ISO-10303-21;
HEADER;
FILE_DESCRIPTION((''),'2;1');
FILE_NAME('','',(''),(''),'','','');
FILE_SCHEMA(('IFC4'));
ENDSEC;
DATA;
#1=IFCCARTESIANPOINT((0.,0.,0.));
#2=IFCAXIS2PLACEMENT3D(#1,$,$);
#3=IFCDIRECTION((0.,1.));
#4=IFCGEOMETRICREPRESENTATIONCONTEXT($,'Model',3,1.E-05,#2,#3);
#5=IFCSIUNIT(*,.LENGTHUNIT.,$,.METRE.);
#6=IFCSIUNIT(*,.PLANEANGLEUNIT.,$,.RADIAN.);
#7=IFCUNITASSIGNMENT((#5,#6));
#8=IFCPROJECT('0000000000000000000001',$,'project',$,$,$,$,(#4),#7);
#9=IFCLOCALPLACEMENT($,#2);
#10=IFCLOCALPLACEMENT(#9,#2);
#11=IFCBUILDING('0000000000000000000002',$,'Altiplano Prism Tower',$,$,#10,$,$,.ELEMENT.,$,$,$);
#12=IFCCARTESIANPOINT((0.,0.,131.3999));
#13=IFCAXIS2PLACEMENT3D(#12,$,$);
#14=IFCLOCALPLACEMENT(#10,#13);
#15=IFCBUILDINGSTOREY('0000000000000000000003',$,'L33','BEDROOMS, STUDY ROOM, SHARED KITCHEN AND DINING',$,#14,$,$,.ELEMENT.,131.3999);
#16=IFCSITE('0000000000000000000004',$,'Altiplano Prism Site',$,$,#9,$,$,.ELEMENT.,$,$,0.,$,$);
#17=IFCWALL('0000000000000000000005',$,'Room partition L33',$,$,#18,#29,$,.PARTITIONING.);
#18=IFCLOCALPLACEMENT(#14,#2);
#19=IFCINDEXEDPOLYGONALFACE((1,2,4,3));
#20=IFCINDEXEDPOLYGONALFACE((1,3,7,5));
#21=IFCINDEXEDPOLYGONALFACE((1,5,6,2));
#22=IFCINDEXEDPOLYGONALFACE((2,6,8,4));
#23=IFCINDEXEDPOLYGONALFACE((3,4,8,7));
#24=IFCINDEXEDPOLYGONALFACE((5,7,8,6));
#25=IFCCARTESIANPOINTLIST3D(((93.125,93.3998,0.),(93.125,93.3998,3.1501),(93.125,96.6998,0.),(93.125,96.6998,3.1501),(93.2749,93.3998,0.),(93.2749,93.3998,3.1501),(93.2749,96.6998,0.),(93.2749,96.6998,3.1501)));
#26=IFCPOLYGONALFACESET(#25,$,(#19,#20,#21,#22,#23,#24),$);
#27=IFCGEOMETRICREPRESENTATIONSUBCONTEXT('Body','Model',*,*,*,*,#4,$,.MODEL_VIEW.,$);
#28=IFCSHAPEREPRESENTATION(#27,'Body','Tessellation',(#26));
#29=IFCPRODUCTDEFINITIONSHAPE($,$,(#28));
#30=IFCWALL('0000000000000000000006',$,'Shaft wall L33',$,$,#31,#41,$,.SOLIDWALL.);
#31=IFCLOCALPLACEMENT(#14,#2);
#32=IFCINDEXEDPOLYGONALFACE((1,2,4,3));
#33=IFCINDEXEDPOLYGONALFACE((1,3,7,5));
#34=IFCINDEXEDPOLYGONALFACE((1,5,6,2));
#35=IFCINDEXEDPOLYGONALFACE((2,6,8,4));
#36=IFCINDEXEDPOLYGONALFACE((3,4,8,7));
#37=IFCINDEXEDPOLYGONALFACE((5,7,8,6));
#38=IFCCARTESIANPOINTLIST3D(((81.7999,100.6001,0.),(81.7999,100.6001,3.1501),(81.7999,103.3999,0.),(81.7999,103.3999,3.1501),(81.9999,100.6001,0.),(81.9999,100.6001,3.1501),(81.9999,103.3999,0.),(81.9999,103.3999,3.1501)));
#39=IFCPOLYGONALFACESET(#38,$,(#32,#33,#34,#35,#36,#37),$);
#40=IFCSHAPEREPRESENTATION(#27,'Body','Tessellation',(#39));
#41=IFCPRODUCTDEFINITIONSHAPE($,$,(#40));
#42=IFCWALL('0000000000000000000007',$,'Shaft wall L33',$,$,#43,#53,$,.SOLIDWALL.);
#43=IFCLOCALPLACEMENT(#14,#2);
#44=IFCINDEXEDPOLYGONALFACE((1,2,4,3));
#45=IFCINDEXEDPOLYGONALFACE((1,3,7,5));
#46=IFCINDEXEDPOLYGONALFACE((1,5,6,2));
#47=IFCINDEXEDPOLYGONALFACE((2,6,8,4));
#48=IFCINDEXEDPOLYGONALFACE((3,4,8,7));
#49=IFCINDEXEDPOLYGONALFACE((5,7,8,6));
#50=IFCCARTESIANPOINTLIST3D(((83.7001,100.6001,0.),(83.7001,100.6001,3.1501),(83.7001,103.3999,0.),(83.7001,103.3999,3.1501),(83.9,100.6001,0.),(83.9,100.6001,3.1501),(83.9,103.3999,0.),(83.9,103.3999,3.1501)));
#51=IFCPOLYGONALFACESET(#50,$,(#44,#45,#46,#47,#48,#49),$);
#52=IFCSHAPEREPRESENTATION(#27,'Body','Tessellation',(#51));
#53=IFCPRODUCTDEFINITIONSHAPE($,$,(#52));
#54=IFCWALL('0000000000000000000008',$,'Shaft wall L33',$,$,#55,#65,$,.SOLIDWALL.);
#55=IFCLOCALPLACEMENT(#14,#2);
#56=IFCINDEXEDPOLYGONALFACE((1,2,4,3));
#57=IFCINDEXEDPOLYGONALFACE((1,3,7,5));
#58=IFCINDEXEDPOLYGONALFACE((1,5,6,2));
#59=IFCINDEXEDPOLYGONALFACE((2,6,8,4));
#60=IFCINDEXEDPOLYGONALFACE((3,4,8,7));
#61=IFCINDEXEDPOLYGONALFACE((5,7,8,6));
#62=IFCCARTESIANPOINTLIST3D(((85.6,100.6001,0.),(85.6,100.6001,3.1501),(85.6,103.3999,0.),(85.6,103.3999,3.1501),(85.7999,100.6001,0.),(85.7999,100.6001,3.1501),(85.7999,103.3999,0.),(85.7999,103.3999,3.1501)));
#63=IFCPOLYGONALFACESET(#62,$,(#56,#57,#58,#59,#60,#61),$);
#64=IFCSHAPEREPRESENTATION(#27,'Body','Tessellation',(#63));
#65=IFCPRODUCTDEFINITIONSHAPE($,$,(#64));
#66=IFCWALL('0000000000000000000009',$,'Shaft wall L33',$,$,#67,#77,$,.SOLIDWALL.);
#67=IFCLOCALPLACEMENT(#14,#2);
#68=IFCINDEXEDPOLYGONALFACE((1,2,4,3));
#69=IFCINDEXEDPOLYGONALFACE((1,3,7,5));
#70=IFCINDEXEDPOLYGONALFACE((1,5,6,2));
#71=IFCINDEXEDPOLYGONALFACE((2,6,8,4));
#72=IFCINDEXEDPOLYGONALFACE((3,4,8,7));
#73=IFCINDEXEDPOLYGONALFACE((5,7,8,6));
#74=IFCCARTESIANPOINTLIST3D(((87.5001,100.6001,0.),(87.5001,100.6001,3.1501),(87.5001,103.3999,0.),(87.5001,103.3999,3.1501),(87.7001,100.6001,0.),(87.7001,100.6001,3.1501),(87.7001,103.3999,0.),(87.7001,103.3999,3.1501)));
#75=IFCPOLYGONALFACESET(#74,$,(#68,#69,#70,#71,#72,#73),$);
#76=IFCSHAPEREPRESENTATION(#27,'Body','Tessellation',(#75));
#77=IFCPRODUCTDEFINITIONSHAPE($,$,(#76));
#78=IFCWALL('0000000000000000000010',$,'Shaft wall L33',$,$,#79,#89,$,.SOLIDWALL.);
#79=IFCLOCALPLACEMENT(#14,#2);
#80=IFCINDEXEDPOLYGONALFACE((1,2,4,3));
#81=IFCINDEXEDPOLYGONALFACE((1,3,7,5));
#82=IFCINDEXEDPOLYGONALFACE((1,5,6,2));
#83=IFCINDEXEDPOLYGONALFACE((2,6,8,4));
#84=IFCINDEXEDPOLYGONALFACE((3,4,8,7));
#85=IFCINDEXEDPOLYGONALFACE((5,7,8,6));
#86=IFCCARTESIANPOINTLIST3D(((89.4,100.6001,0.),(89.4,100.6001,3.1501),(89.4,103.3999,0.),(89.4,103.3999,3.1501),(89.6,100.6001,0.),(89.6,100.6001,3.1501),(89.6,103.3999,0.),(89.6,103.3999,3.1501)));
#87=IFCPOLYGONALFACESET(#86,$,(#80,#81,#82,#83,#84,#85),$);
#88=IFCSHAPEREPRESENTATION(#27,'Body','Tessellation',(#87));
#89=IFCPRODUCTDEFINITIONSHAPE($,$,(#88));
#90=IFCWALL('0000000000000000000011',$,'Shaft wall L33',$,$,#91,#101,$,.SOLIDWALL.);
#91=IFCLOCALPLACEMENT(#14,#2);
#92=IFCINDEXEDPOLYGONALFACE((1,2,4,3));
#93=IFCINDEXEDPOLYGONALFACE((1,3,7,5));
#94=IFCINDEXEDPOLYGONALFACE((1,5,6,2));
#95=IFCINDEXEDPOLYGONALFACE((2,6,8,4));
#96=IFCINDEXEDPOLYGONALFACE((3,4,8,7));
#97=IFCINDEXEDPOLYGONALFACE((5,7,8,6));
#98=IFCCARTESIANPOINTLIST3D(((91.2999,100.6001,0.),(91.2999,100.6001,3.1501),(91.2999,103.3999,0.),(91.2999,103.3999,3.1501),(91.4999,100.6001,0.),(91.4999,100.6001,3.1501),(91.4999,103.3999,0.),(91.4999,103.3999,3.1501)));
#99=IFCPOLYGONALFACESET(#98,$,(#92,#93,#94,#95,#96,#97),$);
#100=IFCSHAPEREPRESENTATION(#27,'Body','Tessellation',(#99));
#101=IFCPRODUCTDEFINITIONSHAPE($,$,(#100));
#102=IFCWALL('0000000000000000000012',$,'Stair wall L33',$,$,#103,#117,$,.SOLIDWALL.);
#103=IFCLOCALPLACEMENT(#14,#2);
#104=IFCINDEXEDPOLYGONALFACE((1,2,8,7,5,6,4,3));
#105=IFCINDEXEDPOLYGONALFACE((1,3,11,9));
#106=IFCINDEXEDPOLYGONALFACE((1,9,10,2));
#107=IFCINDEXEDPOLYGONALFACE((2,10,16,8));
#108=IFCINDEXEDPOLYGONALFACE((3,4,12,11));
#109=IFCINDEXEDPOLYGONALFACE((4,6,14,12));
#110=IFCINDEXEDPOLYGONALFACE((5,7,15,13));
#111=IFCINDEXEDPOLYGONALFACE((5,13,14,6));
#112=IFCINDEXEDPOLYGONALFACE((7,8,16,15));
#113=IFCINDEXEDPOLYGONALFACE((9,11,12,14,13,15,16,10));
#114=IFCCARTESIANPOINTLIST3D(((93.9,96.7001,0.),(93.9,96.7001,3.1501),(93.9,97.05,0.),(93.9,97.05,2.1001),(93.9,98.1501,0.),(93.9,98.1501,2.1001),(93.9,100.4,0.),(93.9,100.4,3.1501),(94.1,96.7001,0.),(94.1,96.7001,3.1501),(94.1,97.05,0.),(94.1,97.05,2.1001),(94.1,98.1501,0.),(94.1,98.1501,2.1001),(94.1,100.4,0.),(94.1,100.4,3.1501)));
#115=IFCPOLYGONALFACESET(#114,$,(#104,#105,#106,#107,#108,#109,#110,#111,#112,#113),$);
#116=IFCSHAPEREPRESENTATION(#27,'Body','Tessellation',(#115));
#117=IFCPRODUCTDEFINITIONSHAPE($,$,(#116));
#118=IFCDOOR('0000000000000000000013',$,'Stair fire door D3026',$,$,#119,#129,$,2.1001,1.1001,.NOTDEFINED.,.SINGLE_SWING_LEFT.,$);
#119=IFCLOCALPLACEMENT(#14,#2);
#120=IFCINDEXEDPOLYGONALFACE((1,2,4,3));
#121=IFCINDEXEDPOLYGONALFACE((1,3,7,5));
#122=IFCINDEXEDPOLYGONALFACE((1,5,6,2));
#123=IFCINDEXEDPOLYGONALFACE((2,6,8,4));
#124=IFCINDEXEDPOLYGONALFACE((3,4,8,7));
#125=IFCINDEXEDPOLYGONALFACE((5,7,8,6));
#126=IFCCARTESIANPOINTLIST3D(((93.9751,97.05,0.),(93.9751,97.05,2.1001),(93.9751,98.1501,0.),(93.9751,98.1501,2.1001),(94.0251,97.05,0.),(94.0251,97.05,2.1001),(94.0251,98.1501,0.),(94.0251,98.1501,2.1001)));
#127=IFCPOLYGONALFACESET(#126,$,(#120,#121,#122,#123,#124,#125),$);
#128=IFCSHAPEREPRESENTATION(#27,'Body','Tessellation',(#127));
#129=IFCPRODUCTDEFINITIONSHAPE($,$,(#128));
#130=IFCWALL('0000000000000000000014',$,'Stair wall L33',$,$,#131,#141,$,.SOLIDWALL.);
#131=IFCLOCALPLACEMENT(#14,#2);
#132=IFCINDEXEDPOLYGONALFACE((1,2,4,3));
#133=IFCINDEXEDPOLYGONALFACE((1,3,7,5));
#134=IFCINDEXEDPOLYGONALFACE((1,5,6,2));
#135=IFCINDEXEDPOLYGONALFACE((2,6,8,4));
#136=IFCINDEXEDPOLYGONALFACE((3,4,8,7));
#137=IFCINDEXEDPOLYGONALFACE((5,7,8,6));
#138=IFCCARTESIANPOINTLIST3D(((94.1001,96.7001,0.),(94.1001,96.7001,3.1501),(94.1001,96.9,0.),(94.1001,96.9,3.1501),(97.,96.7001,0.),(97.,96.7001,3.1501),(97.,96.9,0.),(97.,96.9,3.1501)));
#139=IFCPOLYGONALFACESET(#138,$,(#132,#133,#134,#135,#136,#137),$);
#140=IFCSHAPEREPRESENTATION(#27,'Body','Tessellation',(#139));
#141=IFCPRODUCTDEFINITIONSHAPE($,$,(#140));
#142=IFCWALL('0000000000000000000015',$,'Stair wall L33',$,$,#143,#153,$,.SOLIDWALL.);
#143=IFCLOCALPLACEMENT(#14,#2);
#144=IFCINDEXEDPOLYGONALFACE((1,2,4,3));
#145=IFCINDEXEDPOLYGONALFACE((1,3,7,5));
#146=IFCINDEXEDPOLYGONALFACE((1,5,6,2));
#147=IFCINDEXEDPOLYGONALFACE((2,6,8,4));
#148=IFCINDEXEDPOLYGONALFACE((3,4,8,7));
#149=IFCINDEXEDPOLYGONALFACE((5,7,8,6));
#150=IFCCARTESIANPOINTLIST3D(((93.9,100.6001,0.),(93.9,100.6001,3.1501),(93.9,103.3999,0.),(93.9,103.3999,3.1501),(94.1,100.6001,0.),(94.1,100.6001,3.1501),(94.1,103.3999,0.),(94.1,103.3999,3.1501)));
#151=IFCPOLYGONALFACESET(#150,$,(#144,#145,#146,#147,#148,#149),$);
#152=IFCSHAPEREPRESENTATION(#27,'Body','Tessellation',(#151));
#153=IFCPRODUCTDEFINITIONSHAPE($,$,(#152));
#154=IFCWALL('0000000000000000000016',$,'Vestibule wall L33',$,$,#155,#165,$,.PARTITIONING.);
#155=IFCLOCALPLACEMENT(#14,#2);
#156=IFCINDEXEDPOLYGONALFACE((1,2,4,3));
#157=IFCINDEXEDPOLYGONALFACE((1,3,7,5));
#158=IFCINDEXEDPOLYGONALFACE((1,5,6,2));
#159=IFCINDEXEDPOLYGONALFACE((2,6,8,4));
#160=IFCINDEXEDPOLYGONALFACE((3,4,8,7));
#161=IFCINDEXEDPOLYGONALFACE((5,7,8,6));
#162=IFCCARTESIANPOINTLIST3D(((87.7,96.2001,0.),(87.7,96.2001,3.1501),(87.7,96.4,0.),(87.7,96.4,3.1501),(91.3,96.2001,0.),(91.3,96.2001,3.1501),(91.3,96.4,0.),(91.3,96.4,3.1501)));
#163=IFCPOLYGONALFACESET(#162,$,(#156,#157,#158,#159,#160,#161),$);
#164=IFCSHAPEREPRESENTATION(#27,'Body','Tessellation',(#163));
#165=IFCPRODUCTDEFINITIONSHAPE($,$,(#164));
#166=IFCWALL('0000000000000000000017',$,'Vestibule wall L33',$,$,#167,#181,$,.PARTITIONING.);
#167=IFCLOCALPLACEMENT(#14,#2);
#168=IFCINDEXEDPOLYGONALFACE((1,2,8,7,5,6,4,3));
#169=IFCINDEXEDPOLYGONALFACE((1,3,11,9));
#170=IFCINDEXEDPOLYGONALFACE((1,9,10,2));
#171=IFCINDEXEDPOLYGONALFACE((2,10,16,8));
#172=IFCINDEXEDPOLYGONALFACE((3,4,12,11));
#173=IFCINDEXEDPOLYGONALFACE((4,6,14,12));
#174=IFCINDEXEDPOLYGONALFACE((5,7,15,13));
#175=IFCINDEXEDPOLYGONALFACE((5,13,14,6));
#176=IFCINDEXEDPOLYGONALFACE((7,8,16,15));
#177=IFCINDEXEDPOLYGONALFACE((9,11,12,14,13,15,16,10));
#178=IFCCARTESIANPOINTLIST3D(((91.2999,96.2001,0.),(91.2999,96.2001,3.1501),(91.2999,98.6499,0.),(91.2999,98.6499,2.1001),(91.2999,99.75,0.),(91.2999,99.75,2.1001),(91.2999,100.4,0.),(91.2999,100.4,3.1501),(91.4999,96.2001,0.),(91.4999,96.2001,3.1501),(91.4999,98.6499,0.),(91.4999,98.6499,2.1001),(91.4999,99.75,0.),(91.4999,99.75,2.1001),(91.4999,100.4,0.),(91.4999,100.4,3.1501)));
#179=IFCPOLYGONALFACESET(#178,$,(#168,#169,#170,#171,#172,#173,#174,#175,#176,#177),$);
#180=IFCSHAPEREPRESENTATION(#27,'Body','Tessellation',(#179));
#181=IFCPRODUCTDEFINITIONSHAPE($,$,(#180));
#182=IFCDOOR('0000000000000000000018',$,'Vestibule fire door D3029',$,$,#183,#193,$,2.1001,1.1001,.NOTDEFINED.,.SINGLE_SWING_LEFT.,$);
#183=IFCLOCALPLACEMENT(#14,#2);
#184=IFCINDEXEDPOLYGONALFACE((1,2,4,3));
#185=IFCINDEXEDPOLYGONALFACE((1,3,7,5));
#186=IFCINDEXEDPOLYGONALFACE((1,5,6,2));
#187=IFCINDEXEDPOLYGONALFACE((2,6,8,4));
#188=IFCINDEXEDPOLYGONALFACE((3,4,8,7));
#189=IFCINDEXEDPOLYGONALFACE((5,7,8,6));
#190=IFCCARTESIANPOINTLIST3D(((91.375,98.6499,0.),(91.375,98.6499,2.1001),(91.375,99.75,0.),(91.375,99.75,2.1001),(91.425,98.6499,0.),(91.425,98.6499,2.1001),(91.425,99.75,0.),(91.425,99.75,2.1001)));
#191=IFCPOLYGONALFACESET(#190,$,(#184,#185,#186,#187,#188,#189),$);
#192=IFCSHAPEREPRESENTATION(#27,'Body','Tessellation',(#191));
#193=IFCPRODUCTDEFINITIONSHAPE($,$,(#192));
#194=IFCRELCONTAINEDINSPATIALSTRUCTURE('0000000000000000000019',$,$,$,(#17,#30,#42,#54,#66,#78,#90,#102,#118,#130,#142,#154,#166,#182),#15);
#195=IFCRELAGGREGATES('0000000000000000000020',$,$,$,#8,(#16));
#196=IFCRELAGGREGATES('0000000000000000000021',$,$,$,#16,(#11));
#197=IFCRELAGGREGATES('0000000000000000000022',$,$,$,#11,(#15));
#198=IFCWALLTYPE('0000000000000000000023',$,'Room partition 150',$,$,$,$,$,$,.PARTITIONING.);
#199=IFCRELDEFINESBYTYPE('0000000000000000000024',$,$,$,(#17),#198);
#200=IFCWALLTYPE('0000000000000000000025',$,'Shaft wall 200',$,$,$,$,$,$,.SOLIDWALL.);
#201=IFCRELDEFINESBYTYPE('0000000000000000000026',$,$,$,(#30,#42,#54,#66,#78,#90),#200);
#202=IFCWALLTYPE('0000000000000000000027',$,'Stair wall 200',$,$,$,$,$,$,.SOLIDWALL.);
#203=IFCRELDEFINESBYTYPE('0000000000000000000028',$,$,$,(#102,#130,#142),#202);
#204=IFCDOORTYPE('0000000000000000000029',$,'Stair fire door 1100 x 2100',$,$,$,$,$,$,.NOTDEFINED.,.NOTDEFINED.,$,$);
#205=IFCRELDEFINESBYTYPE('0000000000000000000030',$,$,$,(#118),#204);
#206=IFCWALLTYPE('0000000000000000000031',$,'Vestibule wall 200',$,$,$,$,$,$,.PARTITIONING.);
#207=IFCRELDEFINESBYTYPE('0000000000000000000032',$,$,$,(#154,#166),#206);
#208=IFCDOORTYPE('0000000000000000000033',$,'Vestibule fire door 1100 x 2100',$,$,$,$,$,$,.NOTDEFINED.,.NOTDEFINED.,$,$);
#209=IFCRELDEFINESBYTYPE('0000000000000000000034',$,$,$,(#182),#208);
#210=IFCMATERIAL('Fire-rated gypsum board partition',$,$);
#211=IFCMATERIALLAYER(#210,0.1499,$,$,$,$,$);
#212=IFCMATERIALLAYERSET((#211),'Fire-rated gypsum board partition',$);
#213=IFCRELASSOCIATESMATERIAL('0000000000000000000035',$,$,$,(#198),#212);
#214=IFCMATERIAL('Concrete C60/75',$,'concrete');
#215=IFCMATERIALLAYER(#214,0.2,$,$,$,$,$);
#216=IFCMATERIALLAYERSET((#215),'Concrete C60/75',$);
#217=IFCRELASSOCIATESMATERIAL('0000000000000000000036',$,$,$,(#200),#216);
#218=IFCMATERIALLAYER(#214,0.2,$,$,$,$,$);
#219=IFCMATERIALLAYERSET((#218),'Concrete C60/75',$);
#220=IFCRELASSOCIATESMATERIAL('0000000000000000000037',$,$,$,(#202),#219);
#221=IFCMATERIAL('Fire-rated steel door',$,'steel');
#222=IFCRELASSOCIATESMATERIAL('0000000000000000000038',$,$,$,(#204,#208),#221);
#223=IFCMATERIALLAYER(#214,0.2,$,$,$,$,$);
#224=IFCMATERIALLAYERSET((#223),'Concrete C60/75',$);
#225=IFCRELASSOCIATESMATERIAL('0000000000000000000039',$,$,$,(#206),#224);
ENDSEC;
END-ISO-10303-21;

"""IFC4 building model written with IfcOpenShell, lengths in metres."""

from ifc_helpers import new_model, si_unit, direction, frame, frame_2d, origin, place, context, subcontext, project, spatial, rectangle, extrude, material, layer, layer_set, type_object, element, fill, save


model = new_model("IFC4")

# Units and contexts
model_context = context("Model", 3, precision=1e-05, world=origin(), true_north=direction((0.0, 1.0)))
body_context = subcontext(model_context, "Body", "Model", "MODEL_VIEW")
ifc_project = project(units=[si_unit("LENGTHUNIT", "METRE"), si_unit("PLANEANGLEUNIT", "RADIAN")], contexts=[model_context])

# Site, building, storey
site_placement = place(None, origin())
site = spatial("IfcSite", under=ifc_project, at=site_placement, Name="Altiplano Prism Site", CompositionType="ELEMENT", RefElevation=0.0)
building_placement = place(site_placement, origin())
building = spatial("IfcBuilding", under=site, at=building_placement, Name="Altiplano Prism Tower", CompositionType="ELEMENT")
storey_placement = place(building_placement, frame((0.0, 0.0, 131.3999)))
storey = spatial("IfcBuildingStorey", under=building, at=storey_placement, Name="L33", Description="BEDROOMS, STUDY ROOM, SHARED KITCHEN AND DINING", CompositionType="ELEMENT", Elevation=131.3999)

# Walls
ifc_material_1 = material(Name="Fire-rated gypsum board partition")
ifc_layer_1 = layer(ifc_material_1, 0.1499)
ifc_layer_set_1 = layer_set([ifc_layer_1], Name="Fire-rated gypsum board partition")
wall_type_1 = type_object("IfcWallType", Name="Room partition 150", PredefinedType="PARTITIONING", material=ifc_layer_set_1)
wall_1_placement = place(storey_placement, frame((93.2, 93.3999, 0.0), z_axis=(0.0, 0.0, 1.0), x_axis=(0.0, 1.0, 0.0)))
element("IfcWall", 1, at=wall_1_placement, inside=storey, type_object=wall_type_1, Name="Room partition L33", PredefinedType="PARTITIONING", context=body_context, shape_type="SweptSolid", body=[
    extrude(rectangle(XDim=3.3, YDim=0.1499, at=frame_2d((1.6499, 0.0))), origin(), (0.0, 0.0, 1.0), 3.1501),
])
ifc_material_2 = material(Name="Concrete C60/75", Category="concrete")
ifc_layer_2 = layer(ifc_material_2, 0.2)
ifc_layer_set_2 = layer_set([ifc_layer_2], Name="Concrete C60/75")
wall_type_2 = type_object("IfcWallType", Name="Shaft wall 200", PredefinedType="SOLIDWALL", material=ifc_layer_set_2)
for number, where, z_axis, x_axis, name in (
    (2, (81.8999, 100.6001, 0.0), (0.0, 0.0, 1.0), (0.0, 1.0, 0.0), "Shaft wall L33"),
    (3, (83.8, 100.6001, 0.0), (0.0, 0.0, 1.0), (0.0, 1.0, 0.0), "Shaft wall L33"),
    (4, (85.7, 100.6001, 0.0), (0.0, 0.0, 1.0), (0.0, 1.0, 0.0), "Shaft wall L33"),
    (5, (87.6001, 100.6001, 0.0), (0.0, 0.0, 1.0), (0.0, 1.0, 0.0), "Shaft wall L33"),
    (6, (89.5, 100.6001, 0.0), (0.0, 0.0, 1.0), (0.0, 1.0, 0.0), "Shaft wall L33"),
    (7, (91.3999, 100.6001, 0.0), (0.0, 0.0, 1.0), (0.0, 1.0, 0.0), "Shaft wall L33"),
):
    element("IfcWall", number, at=place(storey_placement, frame(where, z_axis=z_axis, x_axis=x_axis)), inside=storey, type_object=wall_type_2, Name=name, PredefinedType="SOLIDWALL", context=body_context, shape_type="SweptSolid", body=[
        extrude(rectangle(XDim=2.7998, YDim=0.2, at=frame_2d((1.3999, 0.0))), origin(), (0.0, 0.0, 1.0), 3.1501),
    ])

# Wall, opening, door
ifc_layer_3 = layer(ifc_material_2, 0.2)
ifc_layer_set_3 = layer_set([ifc_layer_3], Name="Concrete C60/75")
wall_type_3 = type_object("IfcWallType", Name="Stair wall 200", PredefinedType="SOLIDWALL", material=ifc_layer_set_3)
wall_2_placement = place(storey_placement, frame((94.0, 96.7, 0.0), z_axis=(0.0, 0.0, 1.0), x_axis=(0.0, 1.0, 0.0)))
wall_2 = element("IfcWall", 8, at=wall_2_placement, inside=storey, type_object=wall_type_3, Name="Stair wall L33", PredefinedType="SOLIDWALL", context=body_context, shape_type="SweptSolid", body=[
    extrude(rectangle(XDim=3.7, YDim=0.2, at=frame_2d((1.8501, 0.0))), origin(), (0.0, 0.0, 1.0), 3.1501),
])
opening_1_placement = place(wall_2_placement, frame((0.3501, 0.0, 0.0)))
opening_1 = element("IfcOpeningElement", 9, at=opening_1_placement, cuts=wall_2, PredefinedType="OPENING", context=body_context, shape_type="SweptSolid", body=[
    extrude(rectangle(XDim=1.1001, YDim=2.1001, at=frame_2d((0.55, 1.05))), frame((0.0, 0.1104, 0.0), z_axis=(0.0, -1.0, 0.0), x_axis=(1.0, 0.0, 0.0)), (0.0, 0.0, 1.0), 0.2209),
])
ifc_material_3 = material(Name="Fire-rated steel door", Category="steel")
door_type_1 = type_object("IfcDoorType", Name="Stair fire door 1100 x 2100", OperationType="NOTDEFINED", PredefinedType="NOTDEFINED", material=ifc_material_3)
door_1_placement = place(opening_1_placement, origin())
door_1 = element("IfcDoor", 10, at=door_1_placement, inside=storey, type_object=door_type_1, Name="Stair fire door D3026", OperationType="SINGLE_SWING_LEFT", OverallHeight=2.1001, OverallWidth=1.1001, PredefinedType="NOTDEFINED", context=body_context, shape_type="SweptSolid", body=[
    extrude(rectangle(XDim=1.1001, YDim=2.1001, at=frame_2d((0.55, 1.05))), frame((0.0, 0.0249, 0.0), z_axis=(0.0, -1.0, 0.0), x_axis=(1.0, 0.0, 0.0)), (0.0, 0.0, 1.0), 0.05),
])
fill(opening_1, door_1)

# Walls
wall_3_placement = place(storey_placement, frame((94.1001, 96.8, 0.0), z_axis=(0.0, 0.0, 1.0), x_axis=(1.0, 0.0, 0.0)))
element("IfcWall", 11, at=wall_3_placement, inside=storey, type_object=wall_type_3, Name="Stair wall L33", PredefinedType="SOLIDWALL", context=body_context, shape_type="SweptSolid", body=[
    extrude(rectangle(XDim=2.8999, YDim=0.2, at=frame_2d((1.45, 0.0))), origin(), (0.0, 0.0, 1.0), 3.1501),
])
wall_4_placement = place(storey_placement, frame((94.0, 100.6001, 0.0), z_axis=(0.0, 0.0, 1.0), x_axis=(0.0, 1.0, 0.0)))
element("IfcWall", 12, at=wall_4_placement, inside=storey, type_object=wall_type_3, Name="Stair wall L33", PredefinedType="SOLIDWALL", context=body_context, shape_type="SweptSolid", body=[
    extrude(rectangle(XDim=2.7998, YDim=0.2, at=frame_2d((1.3999, 0.0))), origin(), (0.0, 0.0, 1.0), 3.1501),
])
ifc_layer_4 = layer(ifc_material_2, 0.2)
ifc_layer_set_4 = layer_set([ifc_layer_4], Name="Concrete C60/75")
wall_type_4 = type_object("IfcWallType", Name="Vestibule wall 200", PredefinedType="PARTITIONING", material=ifc_layer_set_4)
wall_5_placement = place(storey_placement, frame((87.7, 96.3, 0.0), z_axis=(0.0, 0.0, 1.0), x_axis=(1.0, 0.0, 0.0)))
element("IfcWall", 13, at=wall_5_placement, inside=storey, type_object=wall_type_4, Name="Vestibule wall L33", PredefinedType="PARTITIONING", context=body_context, shape_type="SweptSolid", body=[
    extrude(rectangle(XDim=3.6001, YDim=0.2, at=frame_2d((1.8, 0.0))), origin(), (0.0, 0.0, 1.0), 3.1501),
])

# Wall, opening, door
wall_6_placement = place(storey_placement, frame((91.3999, 96.2, 0.0), z_axis=(0.0, 0.0, 1.0), x_axis=(0.0, 1.0, 0.0)))
wall_6 = element("IfcWall", 14, at=wall_6_placement, inside=storey, type_object=wall_type_4, Name="Vestibule wall L33", PredefinedType="PARTITIONING", context=body_context, shape_type="SweptSolid", body=[
    extrude(rectangle(XDim=4.2, YDim=0.2, at=frame_2d((2.1001, 0.0))), origin(), (0.0, 0.0, 1.0), 3.1501),
])
opening_2_placement = place(wall_6_placement, frame((2.45, 0.0, 0.0)))
opening_2 = element("IfcOpeningElement", 15, at=opening_2_placement, cuts=wall_6, PredefinedType="OPENING", context=body_context, shape_type="SweptSolid", body=[
    extrude(rectangle(XDim=1.1001, YDim=2.1001, at=frame_2d((0.55, 1.05))), frame((0.0, 0.1104, 0.0), z_axis=(0.0, -1.0, 0.0), x_axis=(1.0, 0.0, 0.0)), (0.0, 0.0, 1.0), 0.2209),
])
door_type_2 = type_object("IfcDoorType", Name="Vestibule fire door 1100 x 2100", OperationType="NOTDEFINED", PredefinedType="NOTDEFINED", material=ifc_material_3)
door_2_placement = place(opening_2_placement, origin())
door_2 = element("IfcDoor", 16, at=door_2_placement, inside=storey, type_object=door_type_2, Name="Vestibule fire door D3029", OperationType="SINGLE_SWING_LEFT", OverallHeight=2.1001, OverallWidth=1.1001, PredefinedType="NOTDEFINED", context=body_context, shape_type="SweptSolid", body=[
    extrude(rectangle(XDim=1.1001, YDim=2.1001, at=frame_2d((0.55, 1.05))), frame((0.0, 0.0249, 0.0), z_axis=(0.0, -1.0, 0.0), x_axis=(1.0, 0.0, 0.0)), (0.0, 0.0, 1.0), 0.05),
])
fill(opening_2, door_2)

save(model, "model.ifc")
